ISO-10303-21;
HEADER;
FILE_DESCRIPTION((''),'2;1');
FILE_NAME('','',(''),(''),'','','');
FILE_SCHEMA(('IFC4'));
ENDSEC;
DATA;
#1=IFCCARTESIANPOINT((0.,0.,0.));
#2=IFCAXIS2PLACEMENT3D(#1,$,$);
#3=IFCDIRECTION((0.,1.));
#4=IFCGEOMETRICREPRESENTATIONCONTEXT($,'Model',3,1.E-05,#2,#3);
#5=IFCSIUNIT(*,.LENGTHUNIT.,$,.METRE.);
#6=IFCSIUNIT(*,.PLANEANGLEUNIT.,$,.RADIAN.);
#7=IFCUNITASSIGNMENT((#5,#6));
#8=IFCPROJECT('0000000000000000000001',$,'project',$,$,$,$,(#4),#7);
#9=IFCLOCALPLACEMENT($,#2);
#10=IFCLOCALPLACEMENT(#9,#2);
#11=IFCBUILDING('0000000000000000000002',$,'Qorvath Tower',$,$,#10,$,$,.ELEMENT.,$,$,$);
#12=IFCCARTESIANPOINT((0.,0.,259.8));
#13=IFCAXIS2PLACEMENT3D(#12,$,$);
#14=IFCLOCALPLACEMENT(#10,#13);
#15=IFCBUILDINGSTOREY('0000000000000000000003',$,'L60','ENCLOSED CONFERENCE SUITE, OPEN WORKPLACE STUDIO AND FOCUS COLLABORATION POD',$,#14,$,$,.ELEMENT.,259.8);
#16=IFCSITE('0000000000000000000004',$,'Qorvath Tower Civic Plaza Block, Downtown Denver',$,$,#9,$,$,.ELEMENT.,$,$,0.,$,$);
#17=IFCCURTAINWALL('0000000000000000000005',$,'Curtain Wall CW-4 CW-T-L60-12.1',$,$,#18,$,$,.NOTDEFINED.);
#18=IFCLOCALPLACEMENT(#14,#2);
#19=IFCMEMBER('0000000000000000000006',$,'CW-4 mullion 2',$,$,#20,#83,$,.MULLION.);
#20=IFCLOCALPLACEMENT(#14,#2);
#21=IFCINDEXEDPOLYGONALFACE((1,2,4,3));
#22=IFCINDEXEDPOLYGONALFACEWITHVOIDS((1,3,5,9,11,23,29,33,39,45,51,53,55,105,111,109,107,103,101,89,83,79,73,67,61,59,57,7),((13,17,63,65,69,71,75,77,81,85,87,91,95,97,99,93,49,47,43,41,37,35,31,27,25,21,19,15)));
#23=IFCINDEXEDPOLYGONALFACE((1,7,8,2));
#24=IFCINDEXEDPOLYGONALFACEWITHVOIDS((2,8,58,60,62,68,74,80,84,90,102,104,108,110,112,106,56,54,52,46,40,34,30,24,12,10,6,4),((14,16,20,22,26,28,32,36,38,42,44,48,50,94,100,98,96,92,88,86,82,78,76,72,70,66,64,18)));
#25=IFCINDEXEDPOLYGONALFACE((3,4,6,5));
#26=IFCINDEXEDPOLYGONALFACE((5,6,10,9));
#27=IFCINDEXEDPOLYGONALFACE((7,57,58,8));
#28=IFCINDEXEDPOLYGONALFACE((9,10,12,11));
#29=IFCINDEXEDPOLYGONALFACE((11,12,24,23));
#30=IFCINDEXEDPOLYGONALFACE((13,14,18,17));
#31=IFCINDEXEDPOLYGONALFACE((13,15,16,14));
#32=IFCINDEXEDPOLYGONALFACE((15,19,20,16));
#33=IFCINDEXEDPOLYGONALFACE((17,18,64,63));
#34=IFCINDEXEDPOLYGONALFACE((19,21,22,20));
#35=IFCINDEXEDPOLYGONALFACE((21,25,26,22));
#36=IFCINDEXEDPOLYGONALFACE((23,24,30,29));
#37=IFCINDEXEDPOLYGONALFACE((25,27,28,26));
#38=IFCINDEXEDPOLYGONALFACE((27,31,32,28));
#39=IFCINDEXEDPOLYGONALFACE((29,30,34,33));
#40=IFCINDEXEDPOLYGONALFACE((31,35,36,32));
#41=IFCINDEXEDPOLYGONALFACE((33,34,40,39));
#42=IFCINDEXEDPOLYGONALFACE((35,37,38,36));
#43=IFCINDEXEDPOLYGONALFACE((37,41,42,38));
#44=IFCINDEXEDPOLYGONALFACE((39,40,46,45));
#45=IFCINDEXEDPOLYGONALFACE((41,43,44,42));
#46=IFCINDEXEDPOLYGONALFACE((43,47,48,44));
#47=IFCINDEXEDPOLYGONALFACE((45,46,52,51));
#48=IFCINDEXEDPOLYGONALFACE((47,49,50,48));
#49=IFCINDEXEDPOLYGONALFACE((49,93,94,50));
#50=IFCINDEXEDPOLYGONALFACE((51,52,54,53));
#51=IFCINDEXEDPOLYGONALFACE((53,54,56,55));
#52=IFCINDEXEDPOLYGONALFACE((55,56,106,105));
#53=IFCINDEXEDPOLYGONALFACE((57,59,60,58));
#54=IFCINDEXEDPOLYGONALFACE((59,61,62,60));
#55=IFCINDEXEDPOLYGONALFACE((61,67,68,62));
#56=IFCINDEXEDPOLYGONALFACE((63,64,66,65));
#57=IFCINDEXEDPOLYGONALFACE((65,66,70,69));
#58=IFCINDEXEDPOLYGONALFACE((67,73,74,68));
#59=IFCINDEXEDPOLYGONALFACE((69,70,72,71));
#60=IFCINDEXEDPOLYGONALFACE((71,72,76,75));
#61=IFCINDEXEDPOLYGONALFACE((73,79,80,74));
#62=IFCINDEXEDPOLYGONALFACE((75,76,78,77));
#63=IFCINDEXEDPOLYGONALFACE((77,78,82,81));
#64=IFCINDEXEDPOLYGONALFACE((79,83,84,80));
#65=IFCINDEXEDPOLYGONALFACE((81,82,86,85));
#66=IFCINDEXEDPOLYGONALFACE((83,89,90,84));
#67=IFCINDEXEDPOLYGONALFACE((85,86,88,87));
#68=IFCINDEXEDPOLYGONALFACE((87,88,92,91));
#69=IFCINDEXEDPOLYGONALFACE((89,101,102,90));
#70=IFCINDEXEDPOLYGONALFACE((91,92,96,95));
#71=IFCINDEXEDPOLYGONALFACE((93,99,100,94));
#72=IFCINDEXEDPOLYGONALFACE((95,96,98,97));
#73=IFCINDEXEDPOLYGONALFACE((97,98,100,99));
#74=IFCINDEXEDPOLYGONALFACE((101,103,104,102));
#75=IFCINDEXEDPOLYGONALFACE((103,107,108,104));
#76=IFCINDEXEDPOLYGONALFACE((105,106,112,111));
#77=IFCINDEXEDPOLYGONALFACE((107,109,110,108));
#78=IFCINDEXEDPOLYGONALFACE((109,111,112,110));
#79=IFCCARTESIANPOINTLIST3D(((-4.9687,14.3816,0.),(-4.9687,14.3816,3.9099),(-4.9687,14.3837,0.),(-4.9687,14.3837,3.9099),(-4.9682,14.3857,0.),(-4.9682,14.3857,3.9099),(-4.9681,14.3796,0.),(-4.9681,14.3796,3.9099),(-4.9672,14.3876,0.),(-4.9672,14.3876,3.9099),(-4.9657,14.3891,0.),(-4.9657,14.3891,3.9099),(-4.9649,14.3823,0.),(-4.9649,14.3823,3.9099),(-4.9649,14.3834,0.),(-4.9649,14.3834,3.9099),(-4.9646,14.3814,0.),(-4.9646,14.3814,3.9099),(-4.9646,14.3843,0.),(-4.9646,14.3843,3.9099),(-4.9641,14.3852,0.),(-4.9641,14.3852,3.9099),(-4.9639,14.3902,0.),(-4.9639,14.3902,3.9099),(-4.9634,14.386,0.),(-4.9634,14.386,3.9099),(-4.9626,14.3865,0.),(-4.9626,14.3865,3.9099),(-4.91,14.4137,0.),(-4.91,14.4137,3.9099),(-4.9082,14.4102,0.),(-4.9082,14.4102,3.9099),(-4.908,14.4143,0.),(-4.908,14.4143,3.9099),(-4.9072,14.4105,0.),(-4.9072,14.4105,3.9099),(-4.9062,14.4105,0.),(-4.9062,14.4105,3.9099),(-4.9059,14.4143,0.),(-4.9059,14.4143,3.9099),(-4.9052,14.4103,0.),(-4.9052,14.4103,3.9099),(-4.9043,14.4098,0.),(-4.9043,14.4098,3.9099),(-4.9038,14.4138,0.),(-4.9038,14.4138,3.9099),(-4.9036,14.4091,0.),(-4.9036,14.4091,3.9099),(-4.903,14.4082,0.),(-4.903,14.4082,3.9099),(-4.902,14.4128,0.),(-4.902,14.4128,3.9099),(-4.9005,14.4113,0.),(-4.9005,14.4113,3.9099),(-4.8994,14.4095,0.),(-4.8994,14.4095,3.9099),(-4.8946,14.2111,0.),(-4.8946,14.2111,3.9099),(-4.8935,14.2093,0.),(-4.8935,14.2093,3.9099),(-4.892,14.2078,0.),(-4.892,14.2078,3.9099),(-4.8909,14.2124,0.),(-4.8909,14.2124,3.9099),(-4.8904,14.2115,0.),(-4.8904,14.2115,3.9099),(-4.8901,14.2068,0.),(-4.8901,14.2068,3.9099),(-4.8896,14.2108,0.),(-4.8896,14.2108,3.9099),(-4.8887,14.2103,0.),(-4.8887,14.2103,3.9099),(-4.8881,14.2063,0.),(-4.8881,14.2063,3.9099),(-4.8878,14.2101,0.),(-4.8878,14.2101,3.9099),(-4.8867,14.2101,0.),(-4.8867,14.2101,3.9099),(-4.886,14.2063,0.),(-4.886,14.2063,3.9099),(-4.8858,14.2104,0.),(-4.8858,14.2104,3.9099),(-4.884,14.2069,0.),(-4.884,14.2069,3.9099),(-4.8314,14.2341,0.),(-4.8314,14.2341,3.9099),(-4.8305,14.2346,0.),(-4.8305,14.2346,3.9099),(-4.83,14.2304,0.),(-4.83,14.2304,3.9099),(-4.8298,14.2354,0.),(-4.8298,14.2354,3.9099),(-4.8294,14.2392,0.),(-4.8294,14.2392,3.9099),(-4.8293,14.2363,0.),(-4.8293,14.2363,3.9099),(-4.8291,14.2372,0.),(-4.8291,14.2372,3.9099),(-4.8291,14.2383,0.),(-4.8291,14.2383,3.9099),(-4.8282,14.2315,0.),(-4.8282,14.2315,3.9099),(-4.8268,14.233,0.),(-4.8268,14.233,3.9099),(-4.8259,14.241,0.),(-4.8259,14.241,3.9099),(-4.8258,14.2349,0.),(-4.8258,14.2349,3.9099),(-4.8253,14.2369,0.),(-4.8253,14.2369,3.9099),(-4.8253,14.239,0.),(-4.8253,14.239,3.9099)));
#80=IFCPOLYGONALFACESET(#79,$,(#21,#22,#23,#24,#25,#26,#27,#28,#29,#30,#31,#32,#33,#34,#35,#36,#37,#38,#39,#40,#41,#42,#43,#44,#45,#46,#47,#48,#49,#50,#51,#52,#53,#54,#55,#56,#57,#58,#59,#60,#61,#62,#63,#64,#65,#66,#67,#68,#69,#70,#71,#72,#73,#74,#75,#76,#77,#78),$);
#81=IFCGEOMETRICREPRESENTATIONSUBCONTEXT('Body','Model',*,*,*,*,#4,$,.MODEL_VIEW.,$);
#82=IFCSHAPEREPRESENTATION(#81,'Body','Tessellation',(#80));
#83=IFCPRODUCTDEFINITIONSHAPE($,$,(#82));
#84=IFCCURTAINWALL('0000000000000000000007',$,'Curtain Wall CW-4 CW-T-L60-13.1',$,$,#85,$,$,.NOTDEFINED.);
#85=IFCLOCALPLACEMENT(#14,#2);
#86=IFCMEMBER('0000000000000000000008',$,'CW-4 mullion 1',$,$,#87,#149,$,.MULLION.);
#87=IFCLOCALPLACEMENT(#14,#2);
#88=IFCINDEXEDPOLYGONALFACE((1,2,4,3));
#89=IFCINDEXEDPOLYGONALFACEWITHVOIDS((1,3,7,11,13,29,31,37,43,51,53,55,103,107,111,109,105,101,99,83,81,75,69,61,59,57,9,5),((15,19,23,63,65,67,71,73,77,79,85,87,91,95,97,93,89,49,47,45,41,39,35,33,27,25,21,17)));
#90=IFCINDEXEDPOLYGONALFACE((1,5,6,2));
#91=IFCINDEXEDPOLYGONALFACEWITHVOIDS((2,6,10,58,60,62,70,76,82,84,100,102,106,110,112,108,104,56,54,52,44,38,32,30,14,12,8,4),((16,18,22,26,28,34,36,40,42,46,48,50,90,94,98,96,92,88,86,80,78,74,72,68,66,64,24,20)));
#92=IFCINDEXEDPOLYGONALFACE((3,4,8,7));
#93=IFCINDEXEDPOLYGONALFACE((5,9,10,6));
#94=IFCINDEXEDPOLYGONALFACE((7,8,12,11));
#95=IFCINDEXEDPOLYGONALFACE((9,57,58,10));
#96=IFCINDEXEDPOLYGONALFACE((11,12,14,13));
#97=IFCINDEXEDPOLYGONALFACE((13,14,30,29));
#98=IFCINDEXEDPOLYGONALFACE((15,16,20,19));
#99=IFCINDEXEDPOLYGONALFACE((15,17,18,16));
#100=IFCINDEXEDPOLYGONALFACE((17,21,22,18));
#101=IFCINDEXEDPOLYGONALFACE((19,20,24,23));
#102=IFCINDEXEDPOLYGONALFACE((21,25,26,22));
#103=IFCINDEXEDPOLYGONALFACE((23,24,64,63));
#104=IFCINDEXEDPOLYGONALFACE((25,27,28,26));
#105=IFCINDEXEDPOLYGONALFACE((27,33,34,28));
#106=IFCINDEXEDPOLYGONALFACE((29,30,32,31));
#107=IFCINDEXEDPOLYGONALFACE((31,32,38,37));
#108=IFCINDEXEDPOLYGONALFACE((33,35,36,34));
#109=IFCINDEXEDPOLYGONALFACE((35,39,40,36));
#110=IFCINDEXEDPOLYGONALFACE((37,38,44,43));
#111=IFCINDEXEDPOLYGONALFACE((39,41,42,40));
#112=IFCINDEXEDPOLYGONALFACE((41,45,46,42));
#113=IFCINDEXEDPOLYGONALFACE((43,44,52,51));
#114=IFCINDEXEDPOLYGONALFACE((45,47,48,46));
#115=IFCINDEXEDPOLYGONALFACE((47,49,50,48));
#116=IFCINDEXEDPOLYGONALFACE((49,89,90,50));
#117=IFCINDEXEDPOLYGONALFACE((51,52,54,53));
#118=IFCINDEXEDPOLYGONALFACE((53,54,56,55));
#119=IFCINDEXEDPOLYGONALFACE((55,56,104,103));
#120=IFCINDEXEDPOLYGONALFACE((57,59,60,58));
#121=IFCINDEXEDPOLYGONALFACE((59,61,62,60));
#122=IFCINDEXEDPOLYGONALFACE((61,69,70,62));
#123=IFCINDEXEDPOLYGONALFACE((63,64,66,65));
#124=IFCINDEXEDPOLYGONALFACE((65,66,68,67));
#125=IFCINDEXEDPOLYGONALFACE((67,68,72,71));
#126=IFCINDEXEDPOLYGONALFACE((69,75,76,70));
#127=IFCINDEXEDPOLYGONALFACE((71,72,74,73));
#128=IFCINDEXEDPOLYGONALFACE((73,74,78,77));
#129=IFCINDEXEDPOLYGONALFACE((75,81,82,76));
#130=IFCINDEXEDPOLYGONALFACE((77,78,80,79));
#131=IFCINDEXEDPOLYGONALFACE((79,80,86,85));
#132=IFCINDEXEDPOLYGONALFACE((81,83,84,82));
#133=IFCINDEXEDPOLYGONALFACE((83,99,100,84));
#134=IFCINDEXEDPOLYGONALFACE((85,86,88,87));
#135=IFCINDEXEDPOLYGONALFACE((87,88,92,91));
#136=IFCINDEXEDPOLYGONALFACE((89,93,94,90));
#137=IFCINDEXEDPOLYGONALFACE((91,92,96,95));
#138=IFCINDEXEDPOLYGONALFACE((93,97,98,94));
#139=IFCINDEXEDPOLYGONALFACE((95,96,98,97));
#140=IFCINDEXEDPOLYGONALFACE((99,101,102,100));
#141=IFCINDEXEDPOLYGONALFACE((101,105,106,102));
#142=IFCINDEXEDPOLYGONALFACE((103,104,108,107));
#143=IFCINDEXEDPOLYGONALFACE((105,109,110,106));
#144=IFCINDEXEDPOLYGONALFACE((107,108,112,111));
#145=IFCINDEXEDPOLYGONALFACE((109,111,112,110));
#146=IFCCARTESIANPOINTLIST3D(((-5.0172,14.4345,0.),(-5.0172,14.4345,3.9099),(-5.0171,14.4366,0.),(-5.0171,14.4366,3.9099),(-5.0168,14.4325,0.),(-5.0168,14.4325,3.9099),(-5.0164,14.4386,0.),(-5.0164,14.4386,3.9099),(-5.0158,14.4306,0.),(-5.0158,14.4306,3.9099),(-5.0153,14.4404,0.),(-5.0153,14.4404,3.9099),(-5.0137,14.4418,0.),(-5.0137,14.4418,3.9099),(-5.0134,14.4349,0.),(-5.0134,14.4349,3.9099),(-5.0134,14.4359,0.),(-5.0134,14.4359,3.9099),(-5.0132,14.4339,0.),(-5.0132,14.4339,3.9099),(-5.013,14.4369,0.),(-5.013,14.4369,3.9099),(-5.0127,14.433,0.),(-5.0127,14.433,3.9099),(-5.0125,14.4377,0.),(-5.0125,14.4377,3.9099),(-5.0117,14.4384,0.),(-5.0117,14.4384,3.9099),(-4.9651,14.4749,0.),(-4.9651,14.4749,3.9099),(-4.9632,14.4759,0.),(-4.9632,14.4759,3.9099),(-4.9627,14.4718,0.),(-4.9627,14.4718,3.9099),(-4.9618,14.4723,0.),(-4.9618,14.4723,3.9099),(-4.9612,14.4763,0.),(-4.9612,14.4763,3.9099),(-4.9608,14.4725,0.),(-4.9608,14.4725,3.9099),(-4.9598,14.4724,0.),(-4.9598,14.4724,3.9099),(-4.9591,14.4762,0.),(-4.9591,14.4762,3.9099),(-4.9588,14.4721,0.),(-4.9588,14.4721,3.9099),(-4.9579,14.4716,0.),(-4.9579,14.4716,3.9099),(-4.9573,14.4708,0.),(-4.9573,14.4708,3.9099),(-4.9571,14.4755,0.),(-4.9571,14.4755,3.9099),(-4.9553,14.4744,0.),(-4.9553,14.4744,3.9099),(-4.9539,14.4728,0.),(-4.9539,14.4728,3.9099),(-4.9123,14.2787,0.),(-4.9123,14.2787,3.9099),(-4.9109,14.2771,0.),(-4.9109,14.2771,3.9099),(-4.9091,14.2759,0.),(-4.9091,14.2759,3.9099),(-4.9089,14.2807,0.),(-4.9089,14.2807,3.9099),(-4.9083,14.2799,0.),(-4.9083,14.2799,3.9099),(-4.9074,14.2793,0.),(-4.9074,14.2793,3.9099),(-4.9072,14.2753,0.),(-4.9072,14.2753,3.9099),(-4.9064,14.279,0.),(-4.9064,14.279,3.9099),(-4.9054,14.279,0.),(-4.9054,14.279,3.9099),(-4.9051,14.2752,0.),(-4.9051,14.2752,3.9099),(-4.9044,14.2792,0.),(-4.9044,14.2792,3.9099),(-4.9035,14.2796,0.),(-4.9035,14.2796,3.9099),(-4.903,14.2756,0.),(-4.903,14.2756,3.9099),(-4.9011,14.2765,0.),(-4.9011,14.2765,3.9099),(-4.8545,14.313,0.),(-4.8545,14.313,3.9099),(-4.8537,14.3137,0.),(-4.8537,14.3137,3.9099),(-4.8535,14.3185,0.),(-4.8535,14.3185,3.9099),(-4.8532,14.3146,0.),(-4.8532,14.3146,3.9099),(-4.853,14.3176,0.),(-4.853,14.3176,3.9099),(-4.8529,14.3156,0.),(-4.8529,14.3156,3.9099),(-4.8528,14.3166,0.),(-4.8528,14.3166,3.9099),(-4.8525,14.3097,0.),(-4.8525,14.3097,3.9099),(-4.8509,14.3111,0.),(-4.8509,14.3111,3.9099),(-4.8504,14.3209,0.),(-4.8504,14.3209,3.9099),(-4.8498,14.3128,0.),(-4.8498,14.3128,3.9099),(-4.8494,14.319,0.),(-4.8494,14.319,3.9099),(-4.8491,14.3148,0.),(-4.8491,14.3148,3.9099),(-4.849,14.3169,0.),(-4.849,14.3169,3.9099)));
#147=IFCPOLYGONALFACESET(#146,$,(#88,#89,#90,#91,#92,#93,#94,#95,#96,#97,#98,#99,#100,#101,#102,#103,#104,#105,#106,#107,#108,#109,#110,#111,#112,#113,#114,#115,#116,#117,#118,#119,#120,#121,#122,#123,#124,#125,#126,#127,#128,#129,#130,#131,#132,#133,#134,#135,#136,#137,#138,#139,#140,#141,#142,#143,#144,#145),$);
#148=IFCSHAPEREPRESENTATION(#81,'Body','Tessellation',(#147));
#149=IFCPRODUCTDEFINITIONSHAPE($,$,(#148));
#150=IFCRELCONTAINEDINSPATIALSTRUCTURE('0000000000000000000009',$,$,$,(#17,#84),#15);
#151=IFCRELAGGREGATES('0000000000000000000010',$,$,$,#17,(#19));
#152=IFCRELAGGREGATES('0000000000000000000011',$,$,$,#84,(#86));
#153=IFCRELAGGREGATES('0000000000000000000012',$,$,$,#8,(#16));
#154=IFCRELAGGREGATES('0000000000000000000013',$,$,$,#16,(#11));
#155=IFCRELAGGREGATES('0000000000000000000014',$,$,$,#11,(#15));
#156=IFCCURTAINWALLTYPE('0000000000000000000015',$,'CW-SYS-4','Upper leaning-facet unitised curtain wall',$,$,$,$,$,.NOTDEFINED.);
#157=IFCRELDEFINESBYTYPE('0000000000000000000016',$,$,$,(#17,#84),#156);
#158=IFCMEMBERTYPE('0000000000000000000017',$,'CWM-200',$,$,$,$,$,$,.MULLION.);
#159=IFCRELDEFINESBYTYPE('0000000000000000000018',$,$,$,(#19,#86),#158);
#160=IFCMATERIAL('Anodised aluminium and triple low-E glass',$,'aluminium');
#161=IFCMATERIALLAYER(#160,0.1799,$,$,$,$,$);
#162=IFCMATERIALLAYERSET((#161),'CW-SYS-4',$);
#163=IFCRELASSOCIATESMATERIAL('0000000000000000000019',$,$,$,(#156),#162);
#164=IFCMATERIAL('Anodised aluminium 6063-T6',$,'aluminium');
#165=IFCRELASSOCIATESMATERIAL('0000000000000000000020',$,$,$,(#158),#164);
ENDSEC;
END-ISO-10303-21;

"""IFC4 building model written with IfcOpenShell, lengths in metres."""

from ifc_helpers import new_model, si_unit, direction, frame, origin, origin_2d, place, context, subcontext, project, spatial, hollow_rectangle, extrude, material, layer, layer_set, material_profile, profile_set, type_object, element, aggregate, save


model = new_model("IFC4")

# Units and contexts
model_context = context("Model", 3, precision=1e-05, world=origin(), true_north=direction((0.0, 1.0)))
body_context = subcontext(model_context, "Body", "Model", "MODEL_VIEW")
ifc_project = project(units=[si_unit("LENGTHUNIT", "METRE"), si_unit("PLANEANGLEUNIT", "RADIAN")], contexts=[model_context])

# Site, building, storey
site_placement = place(None, origin())
site = spatial("IfcSite", under=ifc_project, at=site_placement, Name="Qorvath Tower Civic Plaza Block, Downtown Denver", CompositionType="ELEMENT", RefElevation=0.0)
building_placement = place(site_placement, origin())
building = spatial("IfcBuilding", under=site, at=building_placement, Name="Qorvath Tower", CompositionType="ELEMENT")
storey_placement = place(building_placement, frame((0.0, 0.0, 259.8)))
storey = spatial("IfcBuildingStorey", under=building, at=storey_placement, Name="L60", Description="ENCLOSED CONFERENCE SUITE, OPEN WORKPLACE STUDIO AND FOCUS COLLABORATION POD", CompositionType="ELEMENT", Elevation=259.8)

# Shared definitions
ifc_material_1 = material(Name="Anodised aluminium and triple low-E glass", Category="aluminium")
ifc_layer_1 = layer(ifc_material_1, 0.1799)
ifc_layer_set_1 = layer_set([ifc_layer_1], Name="CW-SYS-4")
curtain_wall_type = type_object("IfcCurtainWallType", Name="CW-SYS-4", Description="Upper leaning-facet unitised curtain wall", PredefinedType="NOTDEFINED", material=ifc_layer_set_1)
ifc_material_2 = material(Name="Anodised aluminium 6063-T6", Category="aluminium")
ifc_material_profile_1 = material_profile(ifc_material_2, hollow_rectangle(XDim=0.075, YDim=0.2, WallThickness=0.0039, InnerFilletRadius=0.0039, OuterFilletRadius=0.0081, at=origin_2d()), Name="CWM 200x75")
ifc_profile_set_1 = profile_set([ifc_material_profile_1], Name="Anodised aluminium 6063-T6")
member_type_1 = type_object("IfcMemberType", Name="CWM-200", PredefinedType="MULLION", material=ifc_profile_set_1)

# Curtain walls, members
curtain_wall_1_placement = place(storey_placement, origin())
curtain_wall_1 = element("IfcCurtainWall", 1, at=curtain_wall_1_placement, inside=storey, type_object=curtain_wall_type, Name="Curtain Wall CW-4 CW-T-L60-12.1", PredefinedType="NOTDEFINED")
member_1_placement = place(storey_placement, frame((-4.897, 14.3103, 0.0), z_axis=(0.0, 0.0, 1.0), x_axis=(-0.916612, -0.399777, 0.0)))
member_1 = element("IfcMember", 2, at=member_1_placement, type_object=member_type_1, Name="CW-4 mullion 2", PredefinedType="MULLION", context=body_context, shape_type="SweptSolid", body=[
    extrude(hollow_rectangle(XDim=0.075, YDim=0.2, WallThickness=0.0039, InnerFilletRadius=0.0039, OuterFilletRadius=0.0081, at=origin_2d()), origin(), (0.0, 0.0, 1.0), 3.9099),
])
curtain_wall_2_placement = place(storey_placement, origin())
curtain_wall_2 = element("IfcCurtainWall", 3, at=curtain_wall_2_placement, inside=storey, type_object=curtain_wall_type, Name="Curtain Wall CW-4 CW-T-L60-13.1", PredefinedType="NOTDEFINED")
member_2_placement = place(storey_placement, frame((-4.9331, 14.3757, 0.0), z_axis=(0.0, 0.0, 1.0), x_axis=(-0.826358, -0.563145, 0.0)))
member_2 = element("IfcMember", 4, at=member_2_placement, type_object=member_type_1, Name="CW-4 mullion 1", PredefinedType="MULLION", context=body_context, shape_type="SweptSolid", body=[
    extrude(hollow_rectangle(XDim=0.075, YDim=0.2, WallThickness=0.0039, InnerFilletRadius=0.0039, OuterFilletRadius=0.0081, at=origin_2d()), origin(), (0.0, 0.0, 1.0), 3.9099),
])

aggregate(curtain_wall_1, [member_1])
aggregate(curtain_wall_2, [member_2])

save(model, "model.ifc")
